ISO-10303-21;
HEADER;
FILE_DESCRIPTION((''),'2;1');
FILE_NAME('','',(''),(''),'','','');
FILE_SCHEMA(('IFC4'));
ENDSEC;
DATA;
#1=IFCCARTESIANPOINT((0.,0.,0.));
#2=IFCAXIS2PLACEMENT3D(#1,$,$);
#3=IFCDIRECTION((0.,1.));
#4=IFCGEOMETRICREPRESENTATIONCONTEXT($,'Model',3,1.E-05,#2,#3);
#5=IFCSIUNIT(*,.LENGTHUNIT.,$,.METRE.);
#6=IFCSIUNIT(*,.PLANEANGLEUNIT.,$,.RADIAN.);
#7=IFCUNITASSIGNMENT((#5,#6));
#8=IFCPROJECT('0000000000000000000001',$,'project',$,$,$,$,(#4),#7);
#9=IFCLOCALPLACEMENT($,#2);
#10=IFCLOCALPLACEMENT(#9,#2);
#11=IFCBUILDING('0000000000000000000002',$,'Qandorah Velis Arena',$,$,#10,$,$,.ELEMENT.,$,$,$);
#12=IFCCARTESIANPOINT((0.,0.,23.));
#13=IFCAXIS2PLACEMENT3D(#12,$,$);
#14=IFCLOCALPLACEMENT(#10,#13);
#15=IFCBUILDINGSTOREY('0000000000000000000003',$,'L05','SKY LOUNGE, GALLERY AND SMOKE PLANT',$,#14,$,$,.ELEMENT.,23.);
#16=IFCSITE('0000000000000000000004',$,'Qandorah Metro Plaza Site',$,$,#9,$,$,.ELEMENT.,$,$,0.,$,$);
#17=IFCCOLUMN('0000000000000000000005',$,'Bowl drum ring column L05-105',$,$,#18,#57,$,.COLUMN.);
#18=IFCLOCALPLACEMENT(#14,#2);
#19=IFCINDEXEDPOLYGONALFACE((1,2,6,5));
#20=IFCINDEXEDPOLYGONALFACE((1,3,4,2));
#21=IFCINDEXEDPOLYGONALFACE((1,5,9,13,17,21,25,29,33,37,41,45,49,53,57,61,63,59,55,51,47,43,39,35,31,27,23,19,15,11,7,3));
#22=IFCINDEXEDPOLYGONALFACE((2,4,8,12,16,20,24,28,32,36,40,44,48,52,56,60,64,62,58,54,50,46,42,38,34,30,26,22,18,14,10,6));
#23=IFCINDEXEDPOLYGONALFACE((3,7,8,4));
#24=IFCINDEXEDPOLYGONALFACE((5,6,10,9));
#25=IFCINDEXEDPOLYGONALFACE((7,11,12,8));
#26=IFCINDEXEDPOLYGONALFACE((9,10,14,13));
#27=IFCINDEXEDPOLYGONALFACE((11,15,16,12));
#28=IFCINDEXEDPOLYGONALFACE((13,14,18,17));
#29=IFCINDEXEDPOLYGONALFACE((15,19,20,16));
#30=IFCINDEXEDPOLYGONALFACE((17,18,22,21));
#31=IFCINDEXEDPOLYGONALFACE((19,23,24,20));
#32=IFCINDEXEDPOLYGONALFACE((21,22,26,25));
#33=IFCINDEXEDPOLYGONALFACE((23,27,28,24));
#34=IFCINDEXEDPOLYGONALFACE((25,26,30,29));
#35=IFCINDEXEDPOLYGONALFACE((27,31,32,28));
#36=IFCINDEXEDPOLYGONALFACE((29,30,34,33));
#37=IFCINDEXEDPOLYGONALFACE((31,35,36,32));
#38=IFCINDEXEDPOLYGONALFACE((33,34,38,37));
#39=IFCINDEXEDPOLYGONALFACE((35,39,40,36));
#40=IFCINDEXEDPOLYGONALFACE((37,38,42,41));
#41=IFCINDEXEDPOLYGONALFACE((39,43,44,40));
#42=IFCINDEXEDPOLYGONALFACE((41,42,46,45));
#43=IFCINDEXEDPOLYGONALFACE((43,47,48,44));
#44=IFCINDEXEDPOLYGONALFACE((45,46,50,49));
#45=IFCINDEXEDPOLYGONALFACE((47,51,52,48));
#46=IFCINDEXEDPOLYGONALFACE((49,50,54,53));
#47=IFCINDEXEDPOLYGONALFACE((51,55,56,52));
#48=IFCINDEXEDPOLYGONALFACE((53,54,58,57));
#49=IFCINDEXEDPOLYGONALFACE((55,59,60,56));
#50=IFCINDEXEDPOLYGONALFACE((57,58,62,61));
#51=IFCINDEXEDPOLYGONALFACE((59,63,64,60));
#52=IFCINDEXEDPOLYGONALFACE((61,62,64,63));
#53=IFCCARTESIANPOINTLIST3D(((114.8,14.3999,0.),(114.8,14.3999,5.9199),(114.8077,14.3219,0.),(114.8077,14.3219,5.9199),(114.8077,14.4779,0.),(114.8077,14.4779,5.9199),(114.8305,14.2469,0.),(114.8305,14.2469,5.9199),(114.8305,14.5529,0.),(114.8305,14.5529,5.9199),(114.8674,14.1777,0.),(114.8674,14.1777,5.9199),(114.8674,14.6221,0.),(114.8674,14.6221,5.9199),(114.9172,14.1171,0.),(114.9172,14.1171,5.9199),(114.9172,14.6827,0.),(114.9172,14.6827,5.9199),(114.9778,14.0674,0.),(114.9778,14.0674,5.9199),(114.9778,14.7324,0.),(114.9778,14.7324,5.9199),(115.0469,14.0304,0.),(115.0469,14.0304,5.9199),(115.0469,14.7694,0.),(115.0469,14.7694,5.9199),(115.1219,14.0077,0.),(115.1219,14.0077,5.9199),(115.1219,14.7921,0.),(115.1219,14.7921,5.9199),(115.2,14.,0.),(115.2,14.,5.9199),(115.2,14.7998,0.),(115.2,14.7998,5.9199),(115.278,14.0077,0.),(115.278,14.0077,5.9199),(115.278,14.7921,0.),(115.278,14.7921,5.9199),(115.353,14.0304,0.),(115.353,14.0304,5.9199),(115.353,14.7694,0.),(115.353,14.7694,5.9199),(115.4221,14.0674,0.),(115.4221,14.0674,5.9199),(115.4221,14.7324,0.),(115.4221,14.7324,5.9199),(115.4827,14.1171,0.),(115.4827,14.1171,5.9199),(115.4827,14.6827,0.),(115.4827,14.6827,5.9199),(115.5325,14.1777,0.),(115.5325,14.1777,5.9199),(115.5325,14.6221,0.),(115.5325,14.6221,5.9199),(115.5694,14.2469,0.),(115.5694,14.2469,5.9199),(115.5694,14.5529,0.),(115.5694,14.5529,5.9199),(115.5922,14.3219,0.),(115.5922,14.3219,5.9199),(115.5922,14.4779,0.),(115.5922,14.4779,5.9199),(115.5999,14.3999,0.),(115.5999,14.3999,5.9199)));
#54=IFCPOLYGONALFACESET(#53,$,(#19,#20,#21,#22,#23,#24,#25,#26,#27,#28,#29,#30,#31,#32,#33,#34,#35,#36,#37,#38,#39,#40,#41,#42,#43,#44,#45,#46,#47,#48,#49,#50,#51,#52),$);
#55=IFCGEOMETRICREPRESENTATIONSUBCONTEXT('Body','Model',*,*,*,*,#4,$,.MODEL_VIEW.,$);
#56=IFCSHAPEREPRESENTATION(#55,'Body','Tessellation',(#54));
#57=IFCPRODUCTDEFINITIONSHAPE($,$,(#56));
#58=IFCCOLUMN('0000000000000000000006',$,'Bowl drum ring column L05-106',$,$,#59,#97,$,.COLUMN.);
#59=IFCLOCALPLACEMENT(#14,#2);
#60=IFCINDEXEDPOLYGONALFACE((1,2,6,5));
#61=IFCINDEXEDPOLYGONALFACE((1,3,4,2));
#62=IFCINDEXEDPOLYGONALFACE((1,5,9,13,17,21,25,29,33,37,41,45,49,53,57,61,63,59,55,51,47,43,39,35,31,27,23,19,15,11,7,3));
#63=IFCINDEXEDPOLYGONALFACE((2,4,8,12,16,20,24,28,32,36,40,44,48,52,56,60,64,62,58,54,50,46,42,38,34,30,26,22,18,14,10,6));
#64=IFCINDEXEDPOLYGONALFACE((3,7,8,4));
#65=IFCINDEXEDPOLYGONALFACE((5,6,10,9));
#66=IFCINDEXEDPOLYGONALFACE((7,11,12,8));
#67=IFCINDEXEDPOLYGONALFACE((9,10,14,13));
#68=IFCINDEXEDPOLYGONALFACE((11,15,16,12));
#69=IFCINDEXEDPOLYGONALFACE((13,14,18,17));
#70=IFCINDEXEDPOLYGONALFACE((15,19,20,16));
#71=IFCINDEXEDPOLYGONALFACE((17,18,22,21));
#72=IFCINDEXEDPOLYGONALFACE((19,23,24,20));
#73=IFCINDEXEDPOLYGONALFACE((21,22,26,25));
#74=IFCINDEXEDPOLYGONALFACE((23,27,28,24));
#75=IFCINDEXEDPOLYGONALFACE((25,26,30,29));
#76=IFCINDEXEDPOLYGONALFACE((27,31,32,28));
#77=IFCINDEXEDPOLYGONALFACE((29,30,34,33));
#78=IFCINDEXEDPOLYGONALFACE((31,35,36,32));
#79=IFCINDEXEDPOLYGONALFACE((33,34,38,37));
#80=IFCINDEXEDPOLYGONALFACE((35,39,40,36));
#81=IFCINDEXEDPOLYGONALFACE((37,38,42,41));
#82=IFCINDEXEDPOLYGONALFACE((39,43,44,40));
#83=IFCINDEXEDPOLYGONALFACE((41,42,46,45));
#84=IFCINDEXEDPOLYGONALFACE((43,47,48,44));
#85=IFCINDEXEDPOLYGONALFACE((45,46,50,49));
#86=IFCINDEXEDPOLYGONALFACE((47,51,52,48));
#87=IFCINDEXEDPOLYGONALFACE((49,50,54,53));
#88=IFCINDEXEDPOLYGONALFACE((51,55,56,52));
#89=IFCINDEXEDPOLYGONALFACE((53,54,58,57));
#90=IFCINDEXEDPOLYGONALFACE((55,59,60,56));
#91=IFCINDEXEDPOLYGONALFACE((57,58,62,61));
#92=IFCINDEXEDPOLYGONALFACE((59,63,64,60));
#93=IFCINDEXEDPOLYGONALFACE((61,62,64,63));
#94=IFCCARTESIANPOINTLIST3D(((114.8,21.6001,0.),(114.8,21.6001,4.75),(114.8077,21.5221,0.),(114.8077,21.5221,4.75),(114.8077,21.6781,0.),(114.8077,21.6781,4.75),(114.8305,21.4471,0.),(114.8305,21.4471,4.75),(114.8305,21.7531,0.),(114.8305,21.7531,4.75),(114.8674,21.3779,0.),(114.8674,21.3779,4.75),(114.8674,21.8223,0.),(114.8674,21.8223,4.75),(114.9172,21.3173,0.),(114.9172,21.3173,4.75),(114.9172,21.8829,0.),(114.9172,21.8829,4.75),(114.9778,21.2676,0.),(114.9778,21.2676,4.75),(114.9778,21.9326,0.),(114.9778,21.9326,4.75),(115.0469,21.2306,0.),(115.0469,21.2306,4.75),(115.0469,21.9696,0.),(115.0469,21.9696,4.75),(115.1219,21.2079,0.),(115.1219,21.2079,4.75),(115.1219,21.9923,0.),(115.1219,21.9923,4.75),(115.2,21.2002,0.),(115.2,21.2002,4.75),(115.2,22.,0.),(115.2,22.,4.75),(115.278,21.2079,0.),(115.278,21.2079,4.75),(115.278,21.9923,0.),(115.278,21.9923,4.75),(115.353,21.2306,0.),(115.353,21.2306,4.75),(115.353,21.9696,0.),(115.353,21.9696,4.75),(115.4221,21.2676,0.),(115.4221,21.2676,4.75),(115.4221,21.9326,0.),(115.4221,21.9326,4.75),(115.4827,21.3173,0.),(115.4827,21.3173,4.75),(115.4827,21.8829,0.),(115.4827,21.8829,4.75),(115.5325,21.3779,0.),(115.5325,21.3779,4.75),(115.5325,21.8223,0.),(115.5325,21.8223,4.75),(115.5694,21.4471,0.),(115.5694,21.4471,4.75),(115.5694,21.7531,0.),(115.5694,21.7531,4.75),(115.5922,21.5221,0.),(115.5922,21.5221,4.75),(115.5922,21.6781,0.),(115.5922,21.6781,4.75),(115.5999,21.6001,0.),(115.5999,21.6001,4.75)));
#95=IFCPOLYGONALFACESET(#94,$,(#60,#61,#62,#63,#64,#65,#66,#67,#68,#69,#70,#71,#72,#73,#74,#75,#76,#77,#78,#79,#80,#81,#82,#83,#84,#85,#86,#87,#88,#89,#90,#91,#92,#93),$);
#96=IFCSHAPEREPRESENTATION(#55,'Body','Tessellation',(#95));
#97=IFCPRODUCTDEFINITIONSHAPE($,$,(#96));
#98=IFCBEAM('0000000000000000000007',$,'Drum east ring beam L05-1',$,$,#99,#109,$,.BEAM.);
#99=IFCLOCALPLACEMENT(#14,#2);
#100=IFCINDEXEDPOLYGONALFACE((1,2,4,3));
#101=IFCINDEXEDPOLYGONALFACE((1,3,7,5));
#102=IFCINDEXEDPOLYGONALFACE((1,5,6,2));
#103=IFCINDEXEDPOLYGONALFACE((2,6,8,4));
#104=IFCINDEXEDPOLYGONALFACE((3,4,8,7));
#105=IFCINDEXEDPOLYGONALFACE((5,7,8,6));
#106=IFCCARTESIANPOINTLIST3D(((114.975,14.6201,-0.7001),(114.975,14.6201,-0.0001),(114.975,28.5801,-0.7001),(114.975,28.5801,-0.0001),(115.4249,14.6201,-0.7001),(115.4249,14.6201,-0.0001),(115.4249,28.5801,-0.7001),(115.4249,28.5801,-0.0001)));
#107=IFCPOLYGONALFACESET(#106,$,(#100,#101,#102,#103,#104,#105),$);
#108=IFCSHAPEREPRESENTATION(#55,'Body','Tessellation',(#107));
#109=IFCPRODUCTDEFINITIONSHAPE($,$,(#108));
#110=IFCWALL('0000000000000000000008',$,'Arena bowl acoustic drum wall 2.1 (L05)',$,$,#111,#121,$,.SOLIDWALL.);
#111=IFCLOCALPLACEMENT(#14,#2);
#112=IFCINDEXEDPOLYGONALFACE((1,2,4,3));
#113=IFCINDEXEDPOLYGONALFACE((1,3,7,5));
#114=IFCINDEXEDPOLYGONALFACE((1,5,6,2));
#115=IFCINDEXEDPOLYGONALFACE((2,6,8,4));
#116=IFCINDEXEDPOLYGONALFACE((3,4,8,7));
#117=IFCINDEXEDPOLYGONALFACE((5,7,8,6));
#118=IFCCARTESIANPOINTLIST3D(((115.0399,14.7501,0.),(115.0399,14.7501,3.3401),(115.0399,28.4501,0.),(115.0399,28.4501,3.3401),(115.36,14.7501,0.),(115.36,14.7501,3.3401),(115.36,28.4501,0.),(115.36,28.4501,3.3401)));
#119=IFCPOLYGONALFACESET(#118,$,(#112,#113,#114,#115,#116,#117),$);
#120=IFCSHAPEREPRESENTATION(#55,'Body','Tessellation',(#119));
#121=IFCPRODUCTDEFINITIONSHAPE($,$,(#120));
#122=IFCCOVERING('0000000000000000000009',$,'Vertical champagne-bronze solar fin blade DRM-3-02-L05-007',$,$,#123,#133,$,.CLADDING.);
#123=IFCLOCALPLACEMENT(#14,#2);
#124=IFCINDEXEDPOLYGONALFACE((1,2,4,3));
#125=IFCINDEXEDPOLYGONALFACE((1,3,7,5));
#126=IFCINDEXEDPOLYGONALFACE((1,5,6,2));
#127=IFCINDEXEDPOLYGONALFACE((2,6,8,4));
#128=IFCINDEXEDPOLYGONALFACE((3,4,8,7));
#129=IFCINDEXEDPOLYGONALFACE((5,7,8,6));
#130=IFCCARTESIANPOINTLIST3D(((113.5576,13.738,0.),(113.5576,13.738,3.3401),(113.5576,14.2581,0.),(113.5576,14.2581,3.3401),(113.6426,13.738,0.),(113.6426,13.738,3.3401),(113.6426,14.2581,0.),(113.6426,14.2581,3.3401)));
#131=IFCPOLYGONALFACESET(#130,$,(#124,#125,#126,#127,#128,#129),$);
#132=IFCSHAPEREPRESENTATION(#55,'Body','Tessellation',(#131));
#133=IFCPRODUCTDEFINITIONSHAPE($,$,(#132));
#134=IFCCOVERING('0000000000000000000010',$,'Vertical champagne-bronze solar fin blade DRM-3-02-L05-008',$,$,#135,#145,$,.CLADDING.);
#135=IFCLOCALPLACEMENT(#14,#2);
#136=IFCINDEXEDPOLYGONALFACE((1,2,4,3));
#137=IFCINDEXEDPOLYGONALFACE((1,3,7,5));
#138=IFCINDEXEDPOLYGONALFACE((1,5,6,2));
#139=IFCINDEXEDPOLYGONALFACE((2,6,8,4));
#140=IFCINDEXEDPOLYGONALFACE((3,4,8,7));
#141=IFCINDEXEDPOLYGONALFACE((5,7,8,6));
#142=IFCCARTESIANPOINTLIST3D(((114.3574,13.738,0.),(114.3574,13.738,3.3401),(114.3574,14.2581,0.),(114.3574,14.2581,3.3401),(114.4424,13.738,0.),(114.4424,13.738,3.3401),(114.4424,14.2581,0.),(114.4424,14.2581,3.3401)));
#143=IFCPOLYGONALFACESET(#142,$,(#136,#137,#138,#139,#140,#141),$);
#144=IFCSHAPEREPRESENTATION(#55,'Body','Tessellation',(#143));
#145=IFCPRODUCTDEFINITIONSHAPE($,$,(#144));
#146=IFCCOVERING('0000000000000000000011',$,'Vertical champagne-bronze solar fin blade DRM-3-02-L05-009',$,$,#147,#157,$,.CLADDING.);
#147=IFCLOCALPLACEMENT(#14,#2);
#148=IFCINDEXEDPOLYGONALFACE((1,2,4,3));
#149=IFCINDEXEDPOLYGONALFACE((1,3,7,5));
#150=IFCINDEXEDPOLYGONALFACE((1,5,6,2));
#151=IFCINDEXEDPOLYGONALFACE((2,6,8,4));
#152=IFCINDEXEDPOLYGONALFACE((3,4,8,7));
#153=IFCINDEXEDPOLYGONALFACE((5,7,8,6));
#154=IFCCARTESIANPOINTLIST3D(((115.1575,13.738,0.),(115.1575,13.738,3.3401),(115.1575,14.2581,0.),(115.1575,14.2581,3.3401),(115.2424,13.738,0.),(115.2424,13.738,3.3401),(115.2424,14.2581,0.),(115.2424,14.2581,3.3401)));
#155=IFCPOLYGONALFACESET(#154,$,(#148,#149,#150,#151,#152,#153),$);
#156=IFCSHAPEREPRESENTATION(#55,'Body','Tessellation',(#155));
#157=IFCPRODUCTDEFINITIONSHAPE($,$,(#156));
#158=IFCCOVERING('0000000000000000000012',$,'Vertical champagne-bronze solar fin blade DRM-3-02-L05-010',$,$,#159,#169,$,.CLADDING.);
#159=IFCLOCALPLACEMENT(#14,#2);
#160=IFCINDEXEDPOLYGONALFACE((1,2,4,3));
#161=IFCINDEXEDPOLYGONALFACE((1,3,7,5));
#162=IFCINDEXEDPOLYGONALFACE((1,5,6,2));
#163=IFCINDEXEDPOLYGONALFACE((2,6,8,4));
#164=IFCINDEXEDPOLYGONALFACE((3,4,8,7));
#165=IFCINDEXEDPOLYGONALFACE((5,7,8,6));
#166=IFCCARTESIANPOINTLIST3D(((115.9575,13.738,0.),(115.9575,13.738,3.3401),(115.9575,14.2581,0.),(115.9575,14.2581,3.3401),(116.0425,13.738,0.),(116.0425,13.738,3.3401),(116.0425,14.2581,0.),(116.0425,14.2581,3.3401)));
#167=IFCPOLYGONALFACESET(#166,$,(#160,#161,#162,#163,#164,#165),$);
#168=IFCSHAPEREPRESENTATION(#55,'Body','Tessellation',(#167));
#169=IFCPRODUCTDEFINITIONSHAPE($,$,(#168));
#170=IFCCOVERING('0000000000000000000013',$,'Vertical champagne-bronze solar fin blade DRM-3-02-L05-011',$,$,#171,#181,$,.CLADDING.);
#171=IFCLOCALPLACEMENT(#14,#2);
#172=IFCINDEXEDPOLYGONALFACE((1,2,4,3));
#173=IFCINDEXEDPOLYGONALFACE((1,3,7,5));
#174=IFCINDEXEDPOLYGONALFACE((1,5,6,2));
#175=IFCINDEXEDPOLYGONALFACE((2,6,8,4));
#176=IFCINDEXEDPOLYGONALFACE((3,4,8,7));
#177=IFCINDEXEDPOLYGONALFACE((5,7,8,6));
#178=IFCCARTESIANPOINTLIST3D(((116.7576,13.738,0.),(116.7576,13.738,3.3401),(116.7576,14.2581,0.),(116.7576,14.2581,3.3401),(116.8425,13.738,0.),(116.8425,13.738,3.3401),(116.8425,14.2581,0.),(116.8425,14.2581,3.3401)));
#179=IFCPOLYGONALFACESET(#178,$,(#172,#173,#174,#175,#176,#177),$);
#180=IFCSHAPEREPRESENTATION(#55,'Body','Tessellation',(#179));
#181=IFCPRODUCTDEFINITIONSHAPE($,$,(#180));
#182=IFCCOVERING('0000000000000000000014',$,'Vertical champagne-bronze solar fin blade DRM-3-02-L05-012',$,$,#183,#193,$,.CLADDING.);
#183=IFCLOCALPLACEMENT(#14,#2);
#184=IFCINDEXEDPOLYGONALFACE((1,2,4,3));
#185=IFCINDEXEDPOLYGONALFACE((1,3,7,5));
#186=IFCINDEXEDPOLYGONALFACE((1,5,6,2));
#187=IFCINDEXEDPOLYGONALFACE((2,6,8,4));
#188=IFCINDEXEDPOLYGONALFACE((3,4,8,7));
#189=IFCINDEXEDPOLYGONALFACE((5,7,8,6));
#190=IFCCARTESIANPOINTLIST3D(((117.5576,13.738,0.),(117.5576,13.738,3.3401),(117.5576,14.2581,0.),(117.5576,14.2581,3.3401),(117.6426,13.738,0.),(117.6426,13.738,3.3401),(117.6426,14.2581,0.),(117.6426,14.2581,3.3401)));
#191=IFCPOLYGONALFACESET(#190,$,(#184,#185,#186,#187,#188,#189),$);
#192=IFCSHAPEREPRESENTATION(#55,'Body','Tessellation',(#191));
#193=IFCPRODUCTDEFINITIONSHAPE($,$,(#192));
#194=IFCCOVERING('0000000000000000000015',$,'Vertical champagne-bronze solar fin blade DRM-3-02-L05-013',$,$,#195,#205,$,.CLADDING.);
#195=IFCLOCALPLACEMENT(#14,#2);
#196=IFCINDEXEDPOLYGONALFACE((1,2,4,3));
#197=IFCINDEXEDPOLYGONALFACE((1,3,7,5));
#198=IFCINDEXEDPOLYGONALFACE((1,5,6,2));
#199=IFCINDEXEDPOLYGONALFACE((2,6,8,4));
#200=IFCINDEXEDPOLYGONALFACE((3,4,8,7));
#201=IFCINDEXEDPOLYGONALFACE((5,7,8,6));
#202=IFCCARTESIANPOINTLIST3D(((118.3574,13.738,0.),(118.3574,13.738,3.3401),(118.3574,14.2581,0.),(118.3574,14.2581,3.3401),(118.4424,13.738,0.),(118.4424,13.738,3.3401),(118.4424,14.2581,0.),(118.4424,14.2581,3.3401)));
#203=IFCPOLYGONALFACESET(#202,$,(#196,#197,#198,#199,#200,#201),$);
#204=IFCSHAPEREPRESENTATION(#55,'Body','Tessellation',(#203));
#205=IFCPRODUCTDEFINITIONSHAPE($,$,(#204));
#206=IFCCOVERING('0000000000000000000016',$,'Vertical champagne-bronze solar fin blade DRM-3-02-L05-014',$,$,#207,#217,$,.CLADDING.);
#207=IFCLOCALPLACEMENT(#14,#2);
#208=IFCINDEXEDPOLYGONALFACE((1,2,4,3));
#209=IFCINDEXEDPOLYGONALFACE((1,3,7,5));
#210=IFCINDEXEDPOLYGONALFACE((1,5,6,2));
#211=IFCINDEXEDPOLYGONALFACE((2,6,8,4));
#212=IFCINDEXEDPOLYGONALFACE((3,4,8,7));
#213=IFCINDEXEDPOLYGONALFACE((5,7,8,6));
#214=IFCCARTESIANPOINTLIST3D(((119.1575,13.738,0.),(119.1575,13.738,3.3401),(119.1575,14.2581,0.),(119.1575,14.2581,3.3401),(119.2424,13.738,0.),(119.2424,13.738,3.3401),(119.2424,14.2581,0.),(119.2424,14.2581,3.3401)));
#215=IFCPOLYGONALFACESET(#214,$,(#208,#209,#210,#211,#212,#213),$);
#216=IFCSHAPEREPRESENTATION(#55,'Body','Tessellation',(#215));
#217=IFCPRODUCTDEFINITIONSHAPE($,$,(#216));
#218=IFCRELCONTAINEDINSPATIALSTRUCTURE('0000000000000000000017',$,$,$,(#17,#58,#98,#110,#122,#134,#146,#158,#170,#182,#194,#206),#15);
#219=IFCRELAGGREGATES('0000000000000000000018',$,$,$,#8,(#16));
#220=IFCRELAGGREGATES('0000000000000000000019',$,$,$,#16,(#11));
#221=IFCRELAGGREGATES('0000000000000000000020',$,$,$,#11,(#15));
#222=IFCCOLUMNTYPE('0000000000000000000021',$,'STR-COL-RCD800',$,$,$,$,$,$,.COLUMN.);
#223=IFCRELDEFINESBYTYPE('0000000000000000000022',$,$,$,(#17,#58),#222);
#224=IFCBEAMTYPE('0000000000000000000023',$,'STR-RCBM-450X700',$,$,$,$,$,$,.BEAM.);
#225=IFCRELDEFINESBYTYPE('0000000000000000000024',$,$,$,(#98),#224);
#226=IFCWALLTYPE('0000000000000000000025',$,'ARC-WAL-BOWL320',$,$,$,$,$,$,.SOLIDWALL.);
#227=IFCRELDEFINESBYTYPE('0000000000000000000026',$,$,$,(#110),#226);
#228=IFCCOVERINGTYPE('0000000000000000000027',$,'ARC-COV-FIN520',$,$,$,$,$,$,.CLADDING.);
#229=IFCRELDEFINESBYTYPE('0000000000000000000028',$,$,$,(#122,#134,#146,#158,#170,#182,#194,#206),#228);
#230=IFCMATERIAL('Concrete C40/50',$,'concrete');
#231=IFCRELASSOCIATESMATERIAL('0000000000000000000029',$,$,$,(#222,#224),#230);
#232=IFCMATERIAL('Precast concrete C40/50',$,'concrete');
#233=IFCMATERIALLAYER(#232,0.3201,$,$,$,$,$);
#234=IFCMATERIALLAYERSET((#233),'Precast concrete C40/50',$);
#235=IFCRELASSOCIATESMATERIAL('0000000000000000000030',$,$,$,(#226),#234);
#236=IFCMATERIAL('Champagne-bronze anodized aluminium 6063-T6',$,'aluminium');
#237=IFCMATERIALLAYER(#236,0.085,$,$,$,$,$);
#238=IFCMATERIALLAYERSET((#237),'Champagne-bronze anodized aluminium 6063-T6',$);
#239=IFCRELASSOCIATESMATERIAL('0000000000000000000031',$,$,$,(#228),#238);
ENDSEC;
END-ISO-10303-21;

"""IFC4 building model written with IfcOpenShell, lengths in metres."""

from ifc_helpers import new_model, si_unit, direction, frame, frame_2d, origin, origin_2d, place, context, subcontext, project, spatial, rectangle, circle, extrude, material, layer, layer_set, material_profile, profile_set, type_object, element, save


model = new_model("IFC4")

# Units and contexts
model_context = context("Model", 3, precision=1e-05, world=origin(), true_north=direction((0.0, 1.0)))
body_context = subcontext(model_context, "Body", "Model", "MODEL_VIEW")
ifc_project = project(units=[si_unit("LENGTHUNIT", "METRE"), si_unit("PLANEANGLEUNIT", "RADIAN")], contexts=[model_context])

# Site, building, storey
site_placement = place(None, origin())
site = spatial("IfcSite", under=ifc_project, at=site_placement, Name="Qandorah Metro Plaza Site", CompositionType="ELEMENT", RefElevation=0.0)
building_placement = place(site_placement, origin())
building = spatial("IfcBuilding", under=site, at=building_placement, Name="Qandorah Velis Arena", CompositionType="ELEMENT")
storey_placement = place(building_placement, frame((0.0, 0.0, 23.0)))
storey = spatial("IfcBuildingStorey", under=building, at=storey_placement, Name="L05", Description="SKY LOUNGE, GALLERY AND SMOKE PLANT", CompositionType="ELEMENT", Elevation=23.0)

# Columns
ifc_material_1 = material(Name="Concrete C40/50", Category="concrete")
ifc_material_profile_1 = material_profile(ifc_material_1, circle(Radius=0.3999, at=origin_2d()), Name="RC D800")
ifc_profile_set_1 = profile_set([ifc_material_profile_1], Name="Concrete C40/50")
column_type = type_object("IfcColumnType", Name="STR-COL-RCD800", PredefinedType="COLUMN", material=ifc_profile_set_1)
column_1_placement = place(storey_placement, frame((115.2, 14.3999, 0.0), z_axis=(0.0, 0.0, 1.0), x_axis=(1.0, 0.0, 0.0)))
element("IfcColumn", 1, at=column_1_placement, inside=storey, type_object=column_type, Name="Bowl drum ring column L05-105", PredefinedType="COLUMN", context=body_context, shape_type="SweptSolid", body=[
    extrude(circle(Radius=0.3999, at=origin_2d()), origin(), (0.0, 0.0, 1.0), 5.9199),
])
column_2_placement = place(storey_placement, frame((115.2, 21.6001, 0.0), z_axis=(0.0, 0.0, 1.0), x_axis=(1.0, 0.0, 0.0)))
element("IfcColumn", 2, at=column_2_placement, inside=storey, type_object=column_type, Name="Bowl drum ring column L05-106", PredefinedType="COLUMN", context=body_context, shape_type="SweptSolid", body=[
    extrude(circle(Radius=0.3999, at=origin_2d()), origin(), (0.0, 0.0, 1.0), 4.75),
])

# Beam
ifc_material_profile_2 = material_profile(ifc_material_1, rectangle(XDim=0.45, YDim=0.7, at=origin_2d()), Name="RC BM 450x700")
ifc_profile_set_2 = profile_set([ifc_material_profile_2], Name="Concrete C40/50")
beam_type = type_object("IfcBeamType", Name="STR-RCBM-450X700", PredefinedType="BEAM", material=ifc_profile_set_2)
beam_placement = place(storey_placement, frame((115.2, 14.6201, -0.3501), z_axis=(0.0, 1.0, 0.0), x_axis=(-1.0, 0.0, 0.0)))
element("IfcBeam", 3, at=beam_placement, inside=storey, type_object=beam_type, Name="Drum east ring beam L05-1", PredefinedType="BEAM", context=body_context, shape_type="SweptSolid", body=[
    extrude(rectangle(XDim=0.45, YDim=0.7, at=origin_2d()), origin(), (0.0, 0.0, 1.0), 13.96),
])

# Wall
ifc_material_2 = material(Name="Precast concrete C40/50", Category="concrete")
ifc_layer_1 = layer(ifc_material_2, 0.3201)
ifc_layer_set_1 = layer_set([ifc_layer_1], Name="Precast concrete C40/50")
wall_type = type_object("IfcWallType", Name="ARC-WAL-BOWL320", PredefinedType="SOLIDWALL", material=ifc_layer_set_1)
wall_placement = place(storey_placement, frame((115.2, 14.75, 0.0), z_axis=(0.0, 0.0, 1.0), x_axis=(0.0, 1.0, 0.0)))
element("IfcWall", 4, at=wall_placement, inside=storey, type_object=wall_type, Name="Arena bowl acoustic drum wall 2.1 (L05)", PredefinedType="SOLIDWALL", context=body_context, shape_type="SweptSolid", body=[
    extrude(rectangle(XDim=13.7, YDim=0.3201, at=frame_2d((6.8501, 0.0))), origin(), (0.0, 0.0, 1.0), 3.3401),
])

# Coverings
ifc_material_3 = material(Name="Champagne-bronze anodized aluminium 6063-T6", Category="aluminium")
ifc_layer_2 = layer(ifc_material_3, 0.085)
ifc_layer_set_2 = layer_set([ifc_layer_2], Name="Champagne-bronze anodized aluminium 6063-T6")
covering_type = type_object("IfcCoveringType", Name="ARC-COV-FIN520", PredefinedType="CLADDING", material=ifc_layer_set_2)
for number, where, z_axis, x_axis, name in (
    (5, (113.6001, 13.998, 0.0), (0.0, 0.0, 1.0), (1.0, 0.0, 0.0), "Vertical champagne-bronze solar fin blade DRM-3-02-L05-007"),
    (6, (114.3999, 13.998, 0.0), (0.0, 0.0, 1.0), (1.0, 0.0, 0.0), "Vertical champagne-bronze solar fin blade DRM-3-02-L05-008"),
    (7, (115.2, 13.998, 0.0), (0.0, 0.0, 1.0), (1.0, 0.0, 0.0), "Vertical champagne-bronze solar fin blade DRM-3-02-L05-009"),
    (8, (116.0, 13.998, 0.0), (0.0, 0.0, 1.0), (1.0, 0.0, 0.0), "Vertical champagne-bronze solar fin blade DRM-3-02-L05-010"),
    (9, (116.8, 13.998, 0.0), (0.0, 0.0, 1.0), (1.0, 0.0, 0.0), "Vertical champagne-bronze solar fin blade DRM-3-02-L05-011"),
    (10, (117.6001, 13.998, 0.0), (0.0, 0.0, 1.0), (1.0, 0.0, 0.0), "Vertical champagne-bronze solar fin blade DRM-3-02-L05-012"),
    (11, (118.3999, 13.998, 0.0), (0.0, 0.0, 1.0), (1.0, 0.0, 0.0), "Vertical champagne-bronze solar fin blade DRM-3-02-L05-013"),
    (12, (119.2, 13.998, 0.0), (0.0, 0.0, 1.0), (1.0, 0.0, 0.0), "Vertical champagne-bronze solar fin blade DRM-3-02-L05-014"),
):
    element("IfcCovering", number, at=place(storey_placement, frame(where, z_axis=z_axis, x_axis=x_axis)), inside=storey, type_object=covering_type, Name=name, PredefinedType="CLADDING", context=body_context, shape_type="SweptSolid", body=[
        extrude(rectangle(XDim=0.085, YDim=0.52, at=origin_2d()), origin(), (0.0, 0.0, 1.0), 3.3401),
    ])

save(model, "model.ifc")
